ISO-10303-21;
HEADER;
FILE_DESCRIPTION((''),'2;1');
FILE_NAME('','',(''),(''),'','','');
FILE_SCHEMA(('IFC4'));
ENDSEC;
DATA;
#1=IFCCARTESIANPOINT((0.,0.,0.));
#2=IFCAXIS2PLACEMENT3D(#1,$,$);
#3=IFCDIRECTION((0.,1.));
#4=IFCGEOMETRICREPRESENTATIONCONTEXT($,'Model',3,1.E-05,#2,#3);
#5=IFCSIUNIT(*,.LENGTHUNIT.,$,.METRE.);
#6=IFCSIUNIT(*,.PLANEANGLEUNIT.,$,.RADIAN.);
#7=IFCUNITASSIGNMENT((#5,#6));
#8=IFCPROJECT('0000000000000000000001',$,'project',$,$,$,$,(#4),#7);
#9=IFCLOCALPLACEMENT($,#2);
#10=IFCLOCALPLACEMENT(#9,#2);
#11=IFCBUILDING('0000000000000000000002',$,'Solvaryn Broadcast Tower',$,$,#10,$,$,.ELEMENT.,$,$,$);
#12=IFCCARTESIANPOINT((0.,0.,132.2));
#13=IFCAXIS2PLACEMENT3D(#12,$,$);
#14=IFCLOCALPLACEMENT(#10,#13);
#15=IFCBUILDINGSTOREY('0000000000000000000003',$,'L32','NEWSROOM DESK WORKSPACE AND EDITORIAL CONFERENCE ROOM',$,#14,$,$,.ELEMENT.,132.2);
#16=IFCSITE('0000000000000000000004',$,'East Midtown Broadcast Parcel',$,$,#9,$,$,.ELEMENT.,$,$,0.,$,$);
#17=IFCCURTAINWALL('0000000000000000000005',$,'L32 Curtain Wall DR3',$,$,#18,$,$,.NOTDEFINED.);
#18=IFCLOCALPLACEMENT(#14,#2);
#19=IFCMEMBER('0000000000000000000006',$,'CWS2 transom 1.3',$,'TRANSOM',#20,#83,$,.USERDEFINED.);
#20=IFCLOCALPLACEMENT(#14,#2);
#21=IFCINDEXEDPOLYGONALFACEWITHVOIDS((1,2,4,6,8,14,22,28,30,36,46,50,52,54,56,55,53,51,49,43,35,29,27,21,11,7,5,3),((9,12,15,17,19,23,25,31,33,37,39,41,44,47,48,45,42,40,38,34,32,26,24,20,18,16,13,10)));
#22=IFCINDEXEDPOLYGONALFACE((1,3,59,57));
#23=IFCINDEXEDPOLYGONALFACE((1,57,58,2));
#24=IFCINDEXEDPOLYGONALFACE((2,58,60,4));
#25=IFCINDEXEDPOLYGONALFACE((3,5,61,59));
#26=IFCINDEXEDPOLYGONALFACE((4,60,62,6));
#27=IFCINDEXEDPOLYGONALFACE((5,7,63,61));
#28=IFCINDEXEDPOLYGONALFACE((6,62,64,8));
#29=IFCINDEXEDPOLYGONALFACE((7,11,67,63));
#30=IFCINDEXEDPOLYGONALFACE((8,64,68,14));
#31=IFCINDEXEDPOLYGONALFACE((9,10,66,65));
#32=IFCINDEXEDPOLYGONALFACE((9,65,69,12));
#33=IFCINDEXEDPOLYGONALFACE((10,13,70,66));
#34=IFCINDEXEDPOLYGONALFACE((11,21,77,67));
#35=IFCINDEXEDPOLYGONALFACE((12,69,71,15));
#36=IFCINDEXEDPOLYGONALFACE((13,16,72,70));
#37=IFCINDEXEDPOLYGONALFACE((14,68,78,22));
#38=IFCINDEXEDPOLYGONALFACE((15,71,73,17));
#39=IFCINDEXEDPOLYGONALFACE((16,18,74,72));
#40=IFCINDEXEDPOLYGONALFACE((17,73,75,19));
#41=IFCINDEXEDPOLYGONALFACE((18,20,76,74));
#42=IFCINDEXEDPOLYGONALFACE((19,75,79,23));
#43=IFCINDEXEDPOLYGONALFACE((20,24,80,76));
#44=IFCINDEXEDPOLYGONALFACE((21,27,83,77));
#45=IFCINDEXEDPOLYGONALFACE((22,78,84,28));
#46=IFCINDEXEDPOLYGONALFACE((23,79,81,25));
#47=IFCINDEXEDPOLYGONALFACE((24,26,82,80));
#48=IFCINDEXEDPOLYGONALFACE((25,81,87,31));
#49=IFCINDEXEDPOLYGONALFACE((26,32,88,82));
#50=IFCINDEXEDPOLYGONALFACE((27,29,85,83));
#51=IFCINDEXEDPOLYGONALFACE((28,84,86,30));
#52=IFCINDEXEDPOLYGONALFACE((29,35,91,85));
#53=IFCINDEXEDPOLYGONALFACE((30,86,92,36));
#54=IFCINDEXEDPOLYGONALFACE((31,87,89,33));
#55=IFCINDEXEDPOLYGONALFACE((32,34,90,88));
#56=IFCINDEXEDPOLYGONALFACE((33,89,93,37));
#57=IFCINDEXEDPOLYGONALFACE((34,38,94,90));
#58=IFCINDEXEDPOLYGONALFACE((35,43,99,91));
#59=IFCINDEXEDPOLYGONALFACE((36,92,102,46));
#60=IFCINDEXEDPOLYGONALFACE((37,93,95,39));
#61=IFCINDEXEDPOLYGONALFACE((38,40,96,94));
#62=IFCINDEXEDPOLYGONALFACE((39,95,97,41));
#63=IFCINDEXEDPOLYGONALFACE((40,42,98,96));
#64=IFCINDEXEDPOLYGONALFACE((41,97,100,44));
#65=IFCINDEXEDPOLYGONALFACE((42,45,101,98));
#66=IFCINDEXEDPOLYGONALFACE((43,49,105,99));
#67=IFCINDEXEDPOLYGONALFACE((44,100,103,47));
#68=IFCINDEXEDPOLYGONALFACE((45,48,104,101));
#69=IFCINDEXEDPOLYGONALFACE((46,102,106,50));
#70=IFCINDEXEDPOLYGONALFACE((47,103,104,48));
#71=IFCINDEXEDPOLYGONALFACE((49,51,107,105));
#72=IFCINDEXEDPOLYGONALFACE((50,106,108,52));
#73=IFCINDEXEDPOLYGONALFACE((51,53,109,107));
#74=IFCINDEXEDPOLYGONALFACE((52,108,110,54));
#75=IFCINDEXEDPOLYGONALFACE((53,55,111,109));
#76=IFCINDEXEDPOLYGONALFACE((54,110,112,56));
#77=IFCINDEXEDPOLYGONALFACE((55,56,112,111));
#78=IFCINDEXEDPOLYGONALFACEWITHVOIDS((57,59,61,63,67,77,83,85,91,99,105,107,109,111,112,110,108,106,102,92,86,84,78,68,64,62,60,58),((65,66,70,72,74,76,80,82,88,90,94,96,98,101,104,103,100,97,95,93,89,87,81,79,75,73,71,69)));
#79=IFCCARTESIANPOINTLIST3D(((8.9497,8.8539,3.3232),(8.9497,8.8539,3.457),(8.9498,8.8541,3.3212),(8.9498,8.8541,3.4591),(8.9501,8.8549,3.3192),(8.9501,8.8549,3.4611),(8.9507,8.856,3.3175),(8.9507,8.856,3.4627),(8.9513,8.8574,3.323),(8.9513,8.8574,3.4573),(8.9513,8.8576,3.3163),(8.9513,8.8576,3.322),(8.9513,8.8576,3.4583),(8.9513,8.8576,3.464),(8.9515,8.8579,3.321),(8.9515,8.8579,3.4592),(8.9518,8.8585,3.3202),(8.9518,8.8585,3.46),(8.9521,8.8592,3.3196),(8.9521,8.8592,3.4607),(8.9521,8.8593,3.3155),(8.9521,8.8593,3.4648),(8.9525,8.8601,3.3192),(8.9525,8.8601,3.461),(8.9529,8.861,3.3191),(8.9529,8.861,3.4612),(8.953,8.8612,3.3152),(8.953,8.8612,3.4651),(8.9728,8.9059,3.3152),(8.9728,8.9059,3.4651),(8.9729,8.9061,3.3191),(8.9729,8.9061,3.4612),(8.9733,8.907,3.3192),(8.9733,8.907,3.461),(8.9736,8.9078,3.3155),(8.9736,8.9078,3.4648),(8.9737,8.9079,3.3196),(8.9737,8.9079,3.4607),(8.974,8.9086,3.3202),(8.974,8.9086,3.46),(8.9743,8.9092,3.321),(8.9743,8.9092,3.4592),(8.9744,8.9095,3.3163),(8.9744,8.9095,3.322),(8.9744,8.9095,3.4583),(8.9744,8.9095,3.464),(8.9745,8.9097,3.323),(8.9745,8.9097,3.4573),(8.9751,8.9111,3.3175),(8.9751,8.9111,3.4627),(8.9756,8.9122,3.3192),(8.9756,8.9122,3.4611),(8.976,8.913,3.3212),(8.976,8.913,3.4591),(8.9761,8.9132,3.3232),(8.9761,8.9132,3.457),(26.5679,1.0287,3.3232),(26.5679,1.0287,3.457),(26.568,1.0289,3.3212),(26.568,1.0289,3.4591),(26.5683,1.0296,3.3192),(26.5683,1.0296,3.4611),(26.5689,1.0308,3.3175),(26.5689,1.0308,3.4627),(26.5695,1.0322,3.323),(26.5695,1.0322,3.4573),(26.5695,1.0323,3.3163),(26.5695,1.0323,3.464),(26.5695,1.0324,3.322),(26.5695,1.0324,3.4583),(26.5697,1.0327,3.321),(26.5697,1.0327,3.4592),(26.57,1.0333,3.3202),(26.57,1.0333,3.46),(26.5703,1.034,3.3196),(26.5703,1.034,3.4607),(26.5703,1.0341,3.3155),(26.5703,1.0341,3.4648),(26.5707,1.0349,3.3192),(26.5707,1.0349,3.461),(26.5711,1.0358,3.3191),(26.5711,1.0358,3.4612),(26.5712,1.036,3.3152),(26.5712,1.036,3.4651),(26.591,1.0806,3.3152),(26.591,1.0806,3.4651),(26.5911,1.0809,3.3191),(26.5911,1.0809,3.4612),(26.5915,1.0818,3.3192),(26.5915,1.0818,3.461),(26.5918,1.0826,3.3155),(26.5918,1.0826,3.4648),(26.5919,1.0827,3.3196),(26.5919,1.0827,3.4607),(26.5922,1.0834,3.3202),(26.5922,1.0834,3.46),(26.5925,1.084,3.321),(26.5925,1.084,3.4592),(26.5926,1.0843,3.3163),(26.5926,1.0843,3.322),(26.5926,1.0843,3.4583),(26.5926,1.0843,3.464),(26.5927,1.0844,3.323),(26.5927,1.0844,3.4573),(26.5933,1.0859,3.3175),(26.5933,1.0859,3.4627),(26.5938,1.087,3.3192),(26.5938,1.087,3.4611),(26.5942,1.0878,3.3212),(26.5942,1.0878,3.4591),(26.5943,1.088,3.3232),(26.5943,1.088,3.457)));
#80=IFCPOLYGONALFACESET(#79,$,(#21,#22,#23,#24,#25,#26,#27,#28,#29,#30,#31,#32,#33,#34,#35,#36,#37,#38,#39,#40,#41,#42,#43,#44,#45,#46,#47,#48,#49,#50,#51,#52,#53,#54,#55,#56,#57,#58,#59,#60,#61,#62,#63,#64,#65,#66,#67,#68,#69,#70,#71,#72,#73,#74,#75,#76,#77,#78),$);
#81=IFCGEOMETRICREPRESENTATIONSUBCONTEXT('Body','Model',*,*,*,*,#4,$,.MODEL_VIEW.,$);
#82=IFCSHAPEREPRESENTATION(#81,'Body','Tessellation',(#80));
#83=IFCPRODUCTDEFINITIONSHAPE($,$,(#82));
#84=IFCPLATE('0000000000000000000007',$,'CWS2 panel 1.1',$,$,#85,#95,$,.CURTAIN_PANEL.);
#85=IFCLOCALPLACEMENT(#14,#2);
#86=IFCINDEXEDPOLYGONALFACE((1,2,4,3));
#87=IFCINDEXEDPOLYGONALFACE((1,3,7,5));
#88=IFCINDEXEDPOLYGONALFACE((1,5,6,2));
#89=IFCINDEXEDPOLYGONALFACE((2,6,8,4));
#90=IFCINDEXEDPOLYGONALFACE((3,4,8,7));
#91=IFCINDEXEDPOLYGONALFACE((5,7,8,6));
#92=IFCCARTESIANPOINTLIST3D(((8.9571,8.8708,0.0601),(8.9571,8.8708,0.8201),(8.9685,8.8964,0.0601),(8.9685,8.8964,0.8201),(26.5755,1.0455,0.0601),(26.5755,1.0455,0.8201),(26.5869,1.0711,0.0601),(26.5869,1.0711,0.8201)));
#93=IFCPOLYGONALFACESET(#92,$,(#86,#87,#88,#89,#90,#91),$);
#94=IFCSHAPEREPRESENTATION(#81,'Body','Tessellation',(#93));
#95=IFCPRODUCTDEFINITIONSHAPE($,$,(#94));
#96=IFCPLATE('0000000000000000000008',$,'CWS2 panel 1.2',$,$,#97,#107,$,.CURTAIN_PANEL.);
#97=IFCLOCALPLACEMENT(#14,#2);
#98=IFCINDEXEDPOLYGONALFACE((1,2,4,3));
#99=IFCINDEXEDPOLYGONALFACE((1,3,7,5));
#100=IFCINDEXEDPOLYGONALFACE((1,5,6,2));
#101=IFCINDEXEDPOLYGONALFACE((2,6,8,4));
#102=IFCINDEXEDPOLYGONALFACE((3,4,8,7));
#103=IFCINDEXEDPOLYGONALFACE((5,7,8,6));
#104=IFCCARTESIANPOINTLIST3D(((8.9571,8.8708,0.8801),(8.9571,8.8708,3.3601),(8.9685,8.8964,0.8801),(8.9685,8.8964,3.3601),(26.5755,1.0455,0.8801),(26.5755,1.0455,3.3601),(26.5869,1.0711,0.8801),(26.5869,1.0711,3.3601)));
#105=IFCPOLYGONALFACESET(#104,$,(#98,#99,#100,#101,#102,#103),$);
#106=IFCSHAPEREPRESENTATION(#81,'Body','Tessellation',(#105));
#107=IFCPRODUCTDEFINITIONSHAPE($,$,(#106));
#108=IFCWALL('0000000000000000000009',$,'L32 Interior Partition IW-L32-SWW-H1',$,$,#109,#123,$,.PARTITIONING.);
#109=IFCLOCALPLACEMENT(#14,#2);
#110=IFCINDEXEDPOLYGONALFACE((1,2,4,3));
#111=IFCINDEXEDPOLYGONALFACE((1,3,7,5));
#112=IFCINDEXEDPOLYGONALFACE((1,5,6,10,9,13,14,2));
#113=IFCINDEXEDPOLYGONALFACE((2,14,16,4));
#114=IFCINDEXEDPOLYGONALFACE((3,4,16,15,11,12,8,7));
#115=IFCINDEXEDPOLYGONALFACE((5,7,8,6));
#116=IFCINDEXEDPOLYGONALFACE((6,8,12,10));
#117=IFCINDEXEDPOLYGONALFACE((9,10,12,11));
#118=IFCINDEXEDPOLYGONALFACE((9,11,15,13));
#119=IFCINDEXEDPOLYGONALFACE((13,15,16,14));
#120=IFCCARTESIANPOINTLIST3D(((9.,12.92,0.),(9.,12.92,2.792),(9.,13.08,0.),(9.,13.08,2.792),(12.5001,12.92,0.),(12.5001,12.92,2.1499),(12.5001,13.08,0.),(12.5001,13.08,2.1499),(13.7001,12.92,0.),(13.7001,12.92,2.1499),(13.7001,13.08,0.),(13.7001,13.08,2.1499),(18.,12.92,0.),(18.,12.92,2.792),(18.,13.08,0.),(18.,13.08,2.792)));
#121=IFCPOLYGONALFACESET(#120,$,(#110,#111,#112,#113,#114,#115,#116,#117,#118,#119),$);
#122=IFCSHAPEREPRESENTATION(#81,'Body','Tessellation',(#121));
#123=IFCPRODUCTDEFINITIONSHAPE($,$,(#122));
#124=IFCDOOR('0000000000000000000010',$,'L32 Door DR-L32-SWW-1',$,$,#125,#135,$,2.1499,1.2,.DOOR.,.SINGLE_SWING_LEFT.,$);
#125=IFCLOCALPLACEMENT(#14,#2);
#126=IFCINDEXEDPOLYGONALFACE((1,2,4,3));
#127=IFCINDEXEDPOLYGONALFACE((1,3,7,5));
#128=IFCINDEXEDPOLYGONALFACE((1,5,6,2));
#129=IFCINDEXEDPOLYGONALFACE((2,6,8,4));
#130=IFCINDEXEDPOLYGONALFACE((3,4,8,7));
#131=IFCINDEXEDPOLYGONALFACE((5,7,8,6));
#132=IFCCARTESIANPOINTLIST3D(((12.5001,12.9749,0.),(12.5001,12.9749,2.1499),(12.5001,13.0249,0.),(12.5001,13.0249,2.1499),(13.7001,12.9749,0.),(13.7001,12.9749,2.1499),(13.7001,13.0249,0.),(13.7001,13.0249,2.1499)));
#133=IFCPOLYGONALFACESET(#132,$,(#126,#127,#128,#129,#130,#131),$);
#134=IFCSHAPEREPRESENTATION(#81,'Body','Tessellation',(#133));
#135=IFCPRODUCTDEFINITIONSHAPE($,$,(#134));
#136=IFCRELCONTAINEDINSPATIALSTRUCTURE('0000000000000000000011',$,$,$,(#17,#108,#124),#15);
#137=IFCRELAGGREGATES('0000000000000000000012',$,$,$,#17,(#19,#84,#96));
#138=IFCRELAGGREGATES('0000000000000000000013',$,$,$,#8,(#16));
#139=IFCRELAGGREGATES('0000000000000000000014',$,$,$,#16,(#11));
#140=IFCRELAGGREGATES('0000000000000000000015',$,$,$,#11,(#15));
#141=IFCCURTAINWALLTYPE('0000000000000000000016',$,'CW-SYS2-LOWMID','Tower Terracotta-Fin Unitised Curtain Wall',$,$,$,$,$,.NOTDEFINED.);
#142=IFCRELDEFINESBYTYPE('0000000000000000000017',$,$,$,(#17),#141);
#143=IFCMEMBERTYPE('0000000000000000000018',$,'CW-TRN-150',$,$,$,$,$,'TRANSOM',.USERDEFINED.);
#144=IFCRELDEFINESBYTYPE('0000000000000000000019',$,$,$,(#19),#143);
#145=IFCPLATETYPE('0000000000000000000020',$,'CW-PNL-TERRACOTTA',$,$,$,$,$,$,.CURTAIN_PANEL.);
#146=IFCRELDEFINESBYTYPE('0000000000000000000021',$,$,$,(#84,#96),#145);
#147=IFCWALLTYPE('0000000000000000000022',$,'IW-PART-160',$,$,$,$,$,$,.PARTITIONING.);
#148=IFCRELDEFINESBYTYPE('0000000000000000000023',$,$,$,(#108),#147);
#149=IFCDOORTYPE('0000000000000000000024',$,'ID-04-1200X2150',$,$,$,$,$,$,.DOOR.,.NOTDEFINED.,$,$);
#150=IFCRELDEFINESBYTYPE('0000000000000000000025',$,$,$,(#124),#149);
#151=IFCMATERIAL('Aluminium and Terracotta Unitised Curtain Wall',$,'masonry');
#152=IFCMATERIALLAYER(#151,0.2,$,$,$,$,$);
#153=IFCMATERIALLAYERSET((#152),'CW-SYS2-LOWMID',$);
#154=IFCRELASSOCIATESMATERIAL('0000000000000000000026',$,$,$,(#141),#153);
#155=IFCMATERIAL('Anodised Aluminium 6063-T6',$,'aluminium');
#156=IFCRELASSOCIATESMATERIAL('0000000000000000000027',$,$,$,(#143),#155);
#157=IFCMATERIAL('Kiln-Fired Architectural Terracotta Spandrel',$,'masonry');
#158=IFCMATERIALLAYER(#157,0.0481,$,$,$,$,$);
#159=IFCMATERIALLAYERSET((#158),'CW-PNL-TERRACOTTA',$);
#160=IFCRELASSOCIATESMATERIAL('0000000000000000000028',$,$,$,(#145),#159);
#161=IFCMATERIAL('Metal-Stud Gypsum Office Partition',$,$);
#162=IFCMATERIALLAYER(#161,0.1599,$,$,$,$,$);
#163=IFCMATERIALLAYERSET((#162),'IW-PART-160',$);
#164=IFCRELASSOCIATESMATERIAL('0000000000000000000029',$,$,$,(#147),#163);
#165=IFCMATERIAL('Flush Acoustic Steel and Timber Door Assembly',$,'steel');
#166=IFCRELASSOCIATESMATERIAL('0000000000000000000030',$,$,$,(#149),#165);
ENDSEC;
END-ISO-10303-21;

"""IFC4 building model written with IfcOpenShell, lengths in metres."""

from ifc_helpers import new_model, si_unit, direction, frame, frame_2d, origin, origin_2d, place, context, subcontext, project, spatial, rectangle, hollow_rectangle, extrude, material, layer, layer_set, material_profile, profile_set, type_object, element, fill, aggregate, save


model = new_model("IFC4")

# Units and contexts
model_context = context("Model", 3, precision=1e-05, world=origin(), true_north=direction((0.0, 1.0)))
body_context = subcontext(model_context, "Body", "Model", "MODEL_VIEW")
ifc_project = project(units=[si_unit("LENGTHUNIT", "METRE"), si_unit("PLANEANGLEUNIT", "RADIAN")], contexts=[model_context])

# Site, building, storey
site_placement = place(None, origin())
site = spatial("IfcSite", under=ifc_project, at=site_placement, Name="East Midtown Broadcast Parcel", CompositionType="ELEMENT", RefElevation=0.0)
building_placement = place(site_placement, origin())
building = spatial("IfcBuilding", under=site, at=building_placement, Name="Solvaryn Broadcast Tower", CompositionType="ELEMENT")
storey_placement = place(building_placement, frame((0.0, 0.0, 132.2)))
storey = spatial("IfcBuildingStorey", under=building, at=storey_placement, Name="L32", Description="NEWSROOM DESK WORKSPACE AND EDITORIAL CONFERENCE ROOM", CompositionType="ELEMENT", Elevation=132.2)

# Shared definitions
ifc_material_1 = material(Name="Aluminium and Terracotta Unitised Curtain Wall", Category="masonry")
ifc_layer_1 = layer(ifc_material_1, 0.2)
ifc_layer_set_1 = layer_set([ifc_layer_1], Name="CW-SYS2-LOWMID")
curtain_wall_type = type_object("IfcCurtainWallType", Name="CW-SYS2-LOWMID", Description="Tower Terracotta-Fin Unitised Curtain Wall", PredefinedType="NOTDEFINED", material=ifc_layer_set_1)

# Curtain wall, member, plates
curtain_wall_1_placement = place(storey_placement, origin())
curtain_wall_1 = element("IfcCurtainWall", 1, at=curtain_wall_1_placement, inside=storey, type_object=curtain_wall_type, Name="L32 Curtain Wall DR3", PredefinedType="NOTDEFINED")
ifc_material_2 = material(Name="Anodised Aluminium 6063-T6", Category="aluminium")
ifc_material_profile_1 = material_profile(ifc_material_2, hollow_rectangle(XDim=0.0649, YDim=0.1499, WallThickness=0.0039, InnerFilletRadius=0.0039, OuterFilletRadius=0.0081, at=origin_2d()))
ifc_profile_set_1 = profile_set([ifc_material_profile_1], Name="Anodised Aluminium 6063-T6")
member_type_1 = type_object("IfcMemberType", Name="CW-TRN-150", ElementType="TRANSOM", PredefinedType="USERDEFINED", material=ifc_profile_set_1)
member_1_placement = place(storey_placement, frame((8.9629, 8.8835, 3.3901), z_axis=(0.91391, -0.405918, 0.0), x_axis=(0.405918, 0.91391, 0.0)))
member_1 = element("IfcMember", 2, at=member_1_placement, type_object=member_type_1, Name="CWS2 transom 1.3", ObjectType="TRANSOM", PredefinedType="USERDEFINED", context=body_context, shape_type="SweptSolid", body=[
    extrude(hollow_rectangle(XDim=0.0649, YDim=0.1499, WallThickness=0.0039, InnerFilletRadius=0.0039, OuterFilletRadius=0.0081, at=origin_2d()), origin(), (0.0, 0.0, 1.0), 19.2778),
])
ifc_material_3 = material(Name="Kiln-Fired Architectural Terracotta Spandrel", Category="masonry")
ifc_layer_2 = layer(ifc_material_3, 0.0481)
ifc_layer_set_2 = layer_set([ifc_layer_2], Name="CW-PNL-TERRACOTTA")
plate_type = type_object("IfcPlateType", Name="CW-PNL-TERRACOTTA", PredefinedType="CURTAIN_PANEL", material=ifc_layer_set_2)
plate_1_placement = place(storey_placement, frame((17.772, 4.9709, 0.0601), z_axis=(0.0, 0.0, 1.0), x_axis=(0.913909, -0.405918, 0.0)))
plate_1 = element("IfcPlate", 3, at=plate_1_placement, type_object=plate_type, Name="CWS2 panel 1.1", PredefinedType="CURTAIN_PANEL", context=body_context, shape_type="SweptSolid", body=[
    extrude(rectangle(XDim=19.2781, YDim=0.0281, at=origin_2d()), origin(), (0.0, 0.0, 1.0), 0.76),
])
plate_2_placement = place(storey_placement, frame((17.772, 4.9709, 0.8801), z_axis=(0.0, 0.0, 1.0), x_axis=(0.913909, -0.405918, 0.0)))
plate_2 = element("IfcPlate", 4, at=plate_2_placement, type_object=plate_type, Name="CWS2 panel 1.2", PredefinedType="CURTAIN_PANEL", context=body_context, shape_type="SweptSolid", body=[
    extrude(rectangle(XDim=19.2781, YDim=0.0281, at=origin_2d()), origin(), (0.0, 0.0, 1.0), 2.48),
])
aggregate(curtain_wall_1, [member_1, plate_1, plate_2])

# Wall, opening, door
ifc_material_4 = material(Name="Metal-Stud Gypsum Office Partition")
ifc_layer_3 = layer(ifc_material_4, 0.1599)
ifc_layer_set_3 = layer_set([ifc_layer_3], Name="IW-PART-160")
wall_type_1 = type_object("IfcWallType", Name="IW-PART-160", PredefinedType="PARTITIONING", material=ifc_layer_set_3)
wall_1_placement = place(storey_placement, frame((9.0, 13.0, 0.0), z_axis=(0.0, 0.0, 1.0), x_axis=(1.0, 0.0, 0.0)))
wall_1 = element("IfcWall", 5, at=wall_1_placement, inside=storey, type_object=wall_type_1, Name="L32 Interior Partition IW-L32-SWW-H1", PredefinedType="PARTITIONING", context=body_context, shape_type="SweptSolid", body=[
    extrude(rectangle(XDim=9.0, YDim=0.1599, at=frame_2d((4.5, 0.0))), origin(), (0.0, 0.0, 1.0), 2.792),
])
opening_1_placement = place(wall_1_placement, frame((3.5, 0.0, 0.0)))
opening_1 = element("IfcOpeningElement", 6, at=opening_1_placement, cuts=wall_1, PredefinedType="OPENING", context=body_context, shape_type="SweptSolid", body=[
    extrude(rectangle(XDim=1.2, YDim=2.1499, at=frame_2d((0.6001, 1.075))), frame((0.0, 0.0901, 0.0), z_axis=(0.0, -1.0, 0.0), x_axis=(1.0, 0.0, 0.0)), (0.0, 0.0, 1.0), 0.1799),
])
ifc_material_5 = material(Name="Flush Acoustic Steel and Timber Door Assembly", Category="steel")
door_type_1 = type_object("IfcDoorType", Name="ID-04-1200X2150", OperationType="NOTDEFINED", PredefinedType="DOOR", material=ifc_material_5)
door_1_placement = place(opening_1_placement, origin())
door_1 = element("IfcDoor", 7, at=door_1_placement, inside=storey, type_object=door_type_1, Name="L32 Door DR-L32-SWW-1", OperationType="SINGLE_SWING_LEFT", OverallHeight=2.1499, OverallWidth=1.2, PredefinedType="DOOR", context=body_context, shape_type="SweptSolid", body=[
    extrude(rectangle(XDim=1.2, YDim=2.1499, at=frame_2d((0.6001, 1.075))), frame((0.0, 0.0249, 0.0), z_axis=(0.0, -1.0, 0.0), x_axis=(1.0, 0.0, 0.0)), (0.0, 0.0, 1.0), 0.05),
])
fill(opening_1, door_1)

save(model, "model.ifc")
